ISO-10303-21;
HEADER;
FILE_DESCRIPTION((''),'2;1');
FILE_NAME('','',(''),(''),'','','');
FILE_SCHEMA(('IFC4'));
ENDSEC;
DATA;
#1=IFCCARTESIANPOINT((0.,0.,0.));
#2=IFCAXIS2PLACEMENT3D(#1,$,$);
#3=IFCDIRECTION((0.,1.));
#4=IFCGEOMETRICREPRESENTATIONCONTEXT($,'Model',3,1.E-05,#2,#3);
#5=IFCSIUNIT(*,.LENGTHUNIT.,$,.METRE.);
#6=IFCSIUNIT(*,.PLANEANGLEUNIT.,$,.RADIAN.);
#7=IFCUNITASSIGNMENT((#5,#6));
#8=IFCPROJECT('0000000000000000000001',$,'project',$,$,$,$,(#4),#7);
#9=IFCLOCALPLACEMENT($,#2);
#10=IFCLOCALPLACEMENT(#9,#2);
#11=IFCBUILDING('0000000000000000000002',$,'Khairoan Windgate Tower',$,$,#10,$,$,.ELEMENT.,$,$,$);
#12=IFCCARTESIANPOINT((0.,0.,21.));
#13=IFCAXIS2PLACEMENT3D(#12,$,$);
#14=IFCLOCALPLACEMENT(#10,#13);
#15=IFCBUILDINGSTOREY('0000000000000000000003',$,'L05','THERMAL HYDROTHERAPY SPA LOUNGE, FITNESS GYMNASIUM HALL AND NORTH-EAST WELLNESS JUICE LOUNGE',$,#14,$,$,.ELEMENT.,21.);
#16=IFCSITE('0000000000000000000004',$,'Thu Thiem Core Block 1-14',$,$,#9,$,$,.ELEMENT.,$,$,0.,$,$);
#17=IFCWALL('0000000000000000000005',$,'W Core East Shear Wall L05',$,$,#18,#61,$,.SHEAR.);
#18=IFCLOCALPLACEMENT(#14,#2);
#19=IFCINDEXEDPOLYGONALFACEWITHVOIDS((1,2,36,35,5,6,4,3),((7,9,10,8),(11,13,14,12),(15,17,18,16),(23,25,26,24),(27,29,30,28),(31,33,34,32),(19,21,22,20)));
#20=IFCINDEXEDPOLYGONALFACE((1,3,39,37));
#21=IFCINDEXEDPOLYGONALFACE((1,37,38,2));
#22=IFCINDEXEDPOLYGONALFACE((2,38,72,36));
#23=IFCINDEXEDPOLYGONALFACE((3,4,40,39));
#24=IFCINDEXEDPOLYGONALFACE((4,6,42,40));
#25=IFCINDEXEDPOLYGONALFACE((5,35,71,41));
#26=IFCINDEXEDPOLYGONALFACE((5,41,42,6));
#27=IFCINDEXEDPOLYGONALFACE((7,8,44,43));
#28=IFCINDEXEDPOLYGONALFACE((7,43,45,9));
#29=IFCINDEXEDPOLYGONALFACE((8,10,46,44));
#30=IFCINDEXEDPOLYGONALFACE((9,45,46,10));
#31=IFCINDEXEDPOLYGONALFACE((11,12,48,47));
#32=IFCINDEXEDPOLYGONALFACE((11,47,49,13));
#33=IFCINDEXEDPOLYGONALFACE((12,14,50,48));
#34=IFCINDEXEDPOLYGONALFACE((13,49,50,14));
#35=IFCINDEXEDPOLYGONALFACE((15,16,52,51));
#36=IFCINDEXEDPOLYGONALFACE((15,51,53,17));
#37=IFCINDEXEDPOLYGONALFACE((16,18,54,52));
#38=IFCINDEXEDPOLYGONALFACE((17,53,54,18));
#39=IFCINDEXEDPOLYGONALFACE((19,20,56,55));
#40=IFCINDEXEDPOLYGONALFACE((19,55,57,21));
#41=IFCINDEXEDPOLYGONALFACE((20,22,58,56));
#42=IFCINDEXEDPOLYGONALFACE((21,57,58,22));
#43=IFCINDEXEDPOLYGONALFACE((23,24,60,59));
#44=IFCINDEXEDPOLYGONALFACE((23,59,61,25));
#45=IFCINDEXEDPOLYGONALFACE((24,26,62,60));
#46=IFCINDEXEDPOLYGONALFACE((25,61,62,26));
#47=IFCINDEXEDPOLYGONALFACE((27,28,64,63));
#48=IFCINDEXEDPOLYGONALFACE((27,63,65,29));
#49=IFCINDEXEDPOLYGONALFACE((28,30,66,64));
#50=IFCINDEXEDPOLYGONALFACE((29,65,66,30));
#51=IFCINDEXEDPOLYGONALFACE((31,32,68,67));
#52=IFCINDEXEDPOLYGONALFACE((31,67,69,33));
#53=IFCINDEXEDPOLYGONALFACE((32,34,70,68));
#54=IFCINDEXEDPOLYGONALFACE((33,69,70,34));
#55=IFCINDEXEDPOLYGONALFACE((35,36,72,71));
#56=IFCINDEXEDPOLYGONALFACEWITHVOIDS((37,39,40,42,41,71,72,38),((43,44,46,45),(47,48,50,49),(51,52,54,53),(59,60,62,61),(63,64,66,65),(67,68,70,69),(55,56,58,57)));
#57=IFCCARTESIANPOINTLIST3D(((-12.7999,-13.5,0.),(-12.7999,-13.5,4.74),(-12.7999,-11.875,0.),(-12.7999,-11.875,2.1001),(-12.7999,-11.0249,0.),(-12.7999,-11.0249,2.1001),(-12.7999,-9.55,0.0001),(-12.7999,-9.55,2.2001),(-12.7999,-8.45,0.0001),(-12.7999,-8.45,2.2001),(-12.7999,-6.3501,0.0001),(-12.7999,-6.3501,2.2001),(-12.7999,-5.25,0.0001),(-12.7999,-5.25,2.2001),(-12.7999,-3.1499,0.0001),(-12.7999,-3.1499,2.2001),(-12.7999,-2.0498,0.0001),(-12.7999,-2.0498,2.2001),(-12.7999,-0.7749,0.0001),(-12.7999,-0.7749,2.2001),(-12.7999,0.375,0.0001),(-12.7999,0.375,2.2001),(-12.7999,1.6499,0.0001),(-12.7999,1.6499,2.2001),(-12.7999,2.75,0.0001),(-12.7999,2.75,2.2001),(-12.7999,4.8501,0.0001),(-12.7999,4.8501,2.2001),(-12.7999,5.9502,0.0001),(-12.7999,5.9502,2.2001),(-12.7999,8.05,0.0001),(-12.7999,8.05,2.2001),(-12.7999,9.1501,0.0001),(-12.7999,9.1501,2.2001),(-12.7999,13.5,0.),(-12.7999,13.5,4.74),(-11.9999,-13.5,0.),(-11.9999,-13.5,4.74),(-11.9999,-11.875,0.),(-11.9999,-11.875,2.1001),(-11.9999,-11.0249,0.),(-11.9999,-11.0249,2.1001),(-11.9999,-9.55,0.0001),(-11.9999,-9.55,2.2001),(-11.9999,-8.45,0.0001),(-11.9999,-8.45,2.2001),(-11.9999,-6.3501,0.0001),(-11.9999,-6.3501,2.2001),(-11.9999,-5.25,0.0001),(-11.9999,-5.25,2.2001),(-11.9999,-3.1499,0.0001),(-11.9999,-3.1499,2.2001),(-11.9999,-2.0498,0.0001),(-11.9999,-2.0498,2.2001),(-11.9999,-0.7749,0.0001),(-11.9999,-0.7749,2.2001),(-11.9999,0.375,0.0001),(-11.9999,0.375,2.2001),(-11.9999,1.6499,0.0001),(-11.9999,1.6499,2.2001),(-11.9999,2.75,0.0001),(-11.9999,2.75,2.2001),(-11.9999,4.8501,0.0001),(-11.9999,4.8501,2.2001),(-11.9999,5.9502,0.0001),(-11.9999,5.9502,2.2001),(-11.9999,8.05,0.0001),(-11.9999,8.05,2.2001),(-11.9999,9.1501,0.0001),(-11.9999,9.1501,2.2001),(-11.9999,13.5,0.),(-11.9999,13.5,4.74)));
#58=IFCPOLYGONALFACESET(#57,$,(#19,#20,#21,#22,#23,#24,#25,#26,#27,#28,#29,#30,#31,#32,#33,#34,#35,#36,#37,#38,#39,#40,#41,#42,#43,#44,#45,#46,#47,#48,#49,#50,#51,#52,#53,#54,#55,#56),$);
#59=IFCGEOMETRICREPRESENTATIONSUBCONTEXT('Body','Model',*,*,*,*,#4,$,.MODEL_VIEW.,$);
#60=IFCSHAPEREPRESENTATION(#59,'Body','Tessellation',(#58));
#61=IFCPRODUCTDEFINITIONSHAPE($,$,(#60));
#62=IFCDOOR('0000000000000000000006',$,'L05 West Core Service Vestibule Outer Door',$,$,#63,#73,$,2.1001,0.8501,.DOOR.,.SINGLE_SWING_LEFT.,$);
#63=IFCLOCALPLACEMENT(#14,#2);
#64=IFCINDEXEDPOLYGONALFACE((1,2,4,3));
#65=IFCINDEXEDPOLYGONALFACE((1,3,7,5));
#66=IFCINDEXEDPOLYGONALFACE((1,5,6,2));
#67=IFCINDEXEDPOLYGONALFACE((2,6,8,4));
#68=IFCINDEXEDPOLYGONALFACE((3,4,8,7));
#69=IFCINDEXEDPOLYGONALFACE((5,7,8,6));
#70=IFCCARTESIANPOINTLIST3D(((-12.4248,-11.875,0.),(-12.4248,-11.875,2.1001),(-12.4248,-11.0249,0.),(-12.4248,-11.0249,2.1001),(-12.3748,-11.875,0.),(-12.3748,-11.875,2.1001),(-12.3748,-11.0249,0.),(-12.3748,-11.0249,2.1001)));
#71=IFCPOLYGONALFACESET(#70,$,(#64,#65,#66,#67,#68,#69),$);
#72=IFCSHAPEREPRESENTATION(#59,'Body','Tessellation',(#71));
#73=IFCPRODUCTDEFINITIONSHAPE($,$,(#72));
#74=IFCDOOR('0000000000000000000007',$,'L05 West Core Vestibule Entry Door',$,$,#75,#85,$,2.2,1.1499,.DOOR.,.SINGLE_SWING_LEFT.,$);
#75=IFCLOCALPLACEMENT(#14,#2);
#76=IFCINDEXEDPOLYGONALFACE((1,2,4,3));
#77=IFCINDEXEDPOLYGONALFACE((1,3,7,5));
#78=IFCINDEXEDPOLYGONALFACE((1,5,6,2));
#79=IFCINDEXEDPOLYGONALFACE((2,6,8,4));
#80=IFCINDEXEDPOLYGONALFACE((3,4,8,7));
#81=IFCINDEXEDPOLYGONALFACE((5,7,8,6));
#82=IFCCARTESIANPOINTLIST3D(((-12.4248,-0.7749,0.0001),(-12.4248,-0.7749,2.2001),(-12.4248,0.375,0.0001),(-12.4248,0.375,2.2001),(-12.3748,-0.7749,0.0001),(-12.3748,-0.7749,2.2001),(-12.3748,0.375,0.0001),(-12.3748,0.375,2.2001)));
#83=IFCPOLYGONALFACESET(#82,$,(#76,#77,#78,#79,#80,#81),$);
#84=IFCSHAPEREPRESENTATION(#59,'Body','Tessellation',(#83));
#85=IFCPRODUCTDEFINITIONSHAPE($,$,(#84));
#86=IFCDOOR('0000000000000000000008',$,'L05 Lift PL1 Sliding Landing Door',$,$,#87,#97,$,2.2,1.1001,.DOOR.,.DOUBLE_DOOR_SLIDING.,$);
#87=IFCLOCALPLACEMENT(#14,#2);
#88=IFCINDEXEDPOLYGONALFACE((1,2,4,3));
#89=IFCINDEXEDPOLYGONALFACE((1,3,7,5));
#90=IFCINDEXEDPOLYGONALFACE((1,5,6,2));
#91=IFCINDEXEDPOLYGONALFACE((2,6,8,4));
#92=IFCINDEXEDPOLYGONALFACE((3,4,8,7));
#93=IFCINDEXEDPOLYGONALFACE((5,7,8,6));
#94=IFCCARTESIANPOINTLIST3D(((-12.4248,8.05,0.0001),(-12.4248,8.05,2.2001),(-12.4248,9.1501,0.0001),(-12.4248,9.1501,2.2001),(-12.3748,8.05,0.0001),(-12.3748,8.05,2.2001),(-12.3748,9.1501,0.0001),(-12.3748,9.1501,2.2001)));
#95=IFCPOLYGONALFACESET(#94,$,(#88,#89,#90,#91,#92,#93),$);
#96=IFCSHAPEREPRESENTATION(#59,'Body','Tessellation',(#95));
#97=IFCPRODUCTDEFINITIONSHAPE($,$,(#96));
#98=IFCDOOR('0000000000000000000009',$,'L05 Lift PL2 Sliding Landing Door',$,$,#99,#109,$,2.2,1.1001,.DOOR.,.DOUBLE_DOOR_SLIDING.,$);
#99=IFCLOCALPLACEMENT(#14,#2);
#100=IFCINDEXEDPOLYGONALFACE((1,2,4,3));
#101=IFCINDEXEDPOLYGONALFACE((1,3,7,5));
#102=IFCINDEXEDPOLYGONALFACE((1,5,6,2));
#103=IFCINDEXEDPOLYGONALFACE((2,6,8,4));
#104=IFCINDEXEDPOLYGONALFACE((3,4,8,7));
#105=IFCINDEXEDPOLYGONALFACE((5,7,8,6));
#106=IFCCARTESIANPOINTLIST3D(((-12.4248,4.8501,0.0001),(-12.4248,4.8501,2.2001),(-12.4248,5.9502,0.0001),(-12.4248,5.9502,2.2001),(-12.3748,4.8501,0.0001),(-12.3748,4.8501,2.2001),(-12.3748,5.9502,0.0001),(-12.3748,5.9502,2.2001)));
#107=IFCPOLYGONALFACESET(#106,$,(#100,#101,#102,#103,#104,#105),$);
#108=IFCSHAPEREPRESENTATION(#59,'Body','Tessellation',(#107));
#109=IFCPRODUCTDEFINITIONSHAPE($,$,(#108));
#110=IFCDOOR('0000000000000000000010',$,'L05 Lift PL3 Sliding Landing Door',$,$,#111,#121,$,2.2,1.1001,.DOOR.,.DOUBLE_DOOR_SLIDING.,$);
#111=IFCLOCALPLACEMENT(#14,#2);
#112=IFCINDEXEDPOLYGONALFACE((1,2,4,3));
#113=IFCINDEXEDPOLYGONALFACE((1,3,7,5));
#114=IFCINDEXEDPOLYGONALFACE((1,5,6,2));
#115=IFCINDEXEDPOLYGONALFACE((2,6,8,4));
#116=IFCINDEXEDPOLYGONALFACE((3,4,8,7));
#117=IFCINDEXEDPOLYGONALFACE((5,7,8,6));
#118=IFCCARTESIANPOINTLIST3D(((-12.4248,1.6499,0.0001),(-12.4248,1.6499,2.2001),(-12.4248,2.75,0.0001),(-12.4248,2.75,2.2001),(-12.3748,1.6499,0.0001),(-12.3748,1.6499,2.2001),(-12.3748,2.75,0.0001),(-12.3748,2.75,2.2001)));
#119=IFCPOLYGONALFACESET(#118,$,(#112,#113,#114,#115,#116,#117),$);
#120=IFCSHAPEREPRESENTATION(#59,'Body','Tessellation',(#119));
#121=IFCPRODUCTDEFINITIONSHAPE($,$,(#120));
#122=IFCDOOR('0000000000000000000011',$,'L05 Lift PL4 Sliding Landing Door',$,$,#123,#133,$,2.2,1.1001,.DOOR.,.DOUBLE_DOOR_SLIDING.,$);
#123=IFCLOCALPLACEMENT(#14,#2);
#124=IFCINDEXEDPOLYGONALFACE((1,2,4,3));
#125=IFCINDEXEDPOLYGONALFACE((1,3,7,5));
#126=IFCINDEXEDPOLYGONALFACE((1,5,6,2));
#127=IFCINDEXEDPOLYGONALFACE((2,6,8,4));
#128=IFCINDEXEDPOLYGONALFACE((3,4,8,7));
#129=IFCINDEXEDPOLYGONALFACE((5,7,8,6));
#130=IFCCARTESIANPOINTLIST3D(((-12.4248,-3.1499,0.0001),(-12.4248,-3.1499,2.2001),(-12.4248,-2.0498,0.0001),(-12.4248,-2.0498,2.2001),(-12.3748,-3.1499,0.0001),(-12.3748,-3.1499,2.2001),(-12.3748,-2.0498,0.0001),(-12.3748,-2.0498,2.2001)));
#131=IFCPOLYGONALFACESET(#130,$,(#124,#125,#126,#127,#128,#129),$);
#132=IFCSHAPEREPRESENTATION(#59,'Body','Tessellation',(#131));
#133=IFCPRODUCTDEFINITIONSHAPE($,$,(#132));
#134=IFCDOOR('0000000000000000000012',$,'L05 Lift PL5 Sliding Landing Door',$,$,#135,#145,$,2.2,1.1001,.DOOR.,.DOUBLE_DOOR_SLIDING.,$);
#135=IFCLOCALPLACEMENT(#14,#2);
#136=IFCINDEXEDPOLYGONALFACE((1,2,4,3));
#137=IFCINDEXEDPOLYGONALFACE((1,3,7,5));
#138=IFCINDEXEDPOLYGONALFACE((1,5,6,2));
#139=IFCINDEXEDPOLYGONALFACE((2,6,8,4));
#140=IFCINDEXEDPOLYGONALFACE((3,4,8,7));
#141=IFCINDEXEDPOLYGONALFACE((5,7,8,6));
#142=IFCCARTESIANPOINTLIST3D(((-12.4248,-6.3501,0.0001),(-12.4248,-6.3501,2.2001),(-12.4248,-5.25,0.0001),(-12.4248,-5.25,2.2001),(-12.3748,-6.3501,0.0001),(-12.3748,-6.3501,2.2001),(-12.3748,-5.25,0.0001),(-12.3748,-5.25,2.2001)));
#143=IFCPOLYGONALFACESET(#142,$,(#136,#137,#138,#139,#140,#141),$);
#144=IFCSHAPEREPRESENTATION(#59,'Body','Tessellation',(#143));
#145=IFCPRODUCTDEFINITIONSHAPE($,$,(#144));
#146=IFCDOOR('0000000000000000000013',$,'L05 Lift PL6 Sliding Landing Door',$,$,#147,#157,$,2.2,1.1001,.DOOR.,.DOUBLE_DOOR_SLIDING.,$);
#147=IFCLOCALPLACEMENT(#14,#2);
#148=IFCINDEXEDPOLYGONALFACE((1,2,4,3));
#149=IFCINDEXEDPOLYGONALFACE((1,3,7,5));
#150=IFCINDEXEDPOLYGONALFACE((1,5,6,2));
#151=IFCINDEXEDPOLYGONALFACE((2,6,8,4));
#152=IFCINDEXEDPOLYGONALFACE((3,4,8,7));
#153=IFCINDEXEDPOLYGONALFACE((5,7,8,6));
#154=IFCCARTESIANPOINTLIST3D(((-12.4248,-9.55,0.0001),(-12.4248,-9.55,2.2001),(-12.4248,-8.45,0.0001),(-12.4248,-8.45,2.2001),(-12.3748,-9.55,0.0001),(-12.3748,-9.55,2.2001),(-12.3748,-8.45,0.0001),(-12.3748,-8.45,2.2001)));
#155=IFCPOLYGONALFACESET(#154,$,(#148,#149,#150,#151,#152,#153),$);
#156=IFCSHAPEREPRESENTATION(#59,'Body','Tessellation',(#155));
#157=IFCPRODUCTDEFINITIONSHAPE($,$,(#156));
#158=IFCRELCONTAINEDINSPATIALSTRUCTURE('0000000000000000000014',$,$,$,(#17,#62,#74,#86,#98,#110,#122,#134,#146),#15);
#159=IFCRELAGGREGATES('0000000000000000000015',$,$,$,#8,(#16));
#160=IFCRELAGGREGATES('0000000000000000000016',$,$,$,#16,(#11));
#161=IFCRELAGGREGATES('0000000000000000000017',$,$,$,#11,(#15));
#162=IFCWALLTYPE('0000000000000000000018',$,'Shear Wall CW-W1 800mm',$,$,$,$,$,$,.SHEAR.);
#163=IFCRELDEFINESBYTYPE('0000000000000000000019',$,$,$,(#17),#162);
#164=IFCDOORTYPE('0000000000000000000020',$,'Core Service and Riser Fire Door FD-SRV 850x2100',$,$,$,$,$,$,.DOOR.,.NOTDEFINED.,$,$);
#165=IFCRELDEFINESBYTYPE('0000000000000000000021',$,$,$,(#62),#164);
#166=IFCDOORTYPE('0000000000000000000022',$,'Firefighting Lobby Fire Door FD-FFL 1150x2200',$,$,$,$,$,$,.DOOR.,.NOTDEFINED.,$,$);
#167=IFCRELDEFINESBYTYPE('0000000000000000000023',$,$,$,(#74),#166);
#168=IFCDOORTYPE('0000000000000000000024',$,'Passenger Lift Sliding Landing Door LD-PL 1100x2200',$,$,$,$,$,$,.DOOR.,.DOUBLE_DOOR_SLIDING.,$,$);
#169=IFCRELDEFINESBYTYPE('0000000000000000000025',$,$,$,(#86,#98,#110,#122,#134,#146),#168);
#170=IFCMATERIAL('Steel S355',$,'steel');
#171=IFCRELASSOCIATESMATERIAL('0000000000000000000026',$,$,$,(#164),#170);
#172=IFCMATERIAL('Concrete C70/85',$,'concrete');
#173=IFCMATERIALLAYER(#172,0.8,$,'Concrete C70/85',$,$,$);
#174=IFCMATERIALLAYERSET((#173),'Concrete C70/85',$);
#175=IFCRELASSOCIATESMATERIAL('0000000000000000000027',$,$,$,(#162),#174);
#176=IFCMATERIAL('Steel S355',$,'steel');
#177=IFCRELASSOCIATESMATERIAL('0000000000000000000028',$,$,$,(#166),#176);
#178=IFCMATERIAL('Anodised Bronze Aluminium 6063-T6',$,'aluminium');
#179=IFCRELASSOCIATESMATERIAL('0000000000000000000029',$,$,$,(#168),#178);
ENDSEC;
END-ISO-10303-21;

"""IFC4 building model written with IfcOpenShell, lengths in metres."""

from ifc_helpers import new_model, si_unit, direction, frame, frame_2d, origin, place, context, subcontext, project, spatial, rectangle, extrude, material, layer, layer_set, type_object, element, fill, save


model = new_model("IFC4")

# Units and contexts
model_context = context("Model", 3, precision=1e-05, world=origin(), true_north=direction((0.0, 1.0)))
body_context = subcontext(model_context, "Body", "Model", "MODEL_VIEW")
ifc_project = project(units=[si_unit("LENGTHUNIT", "METRE"), si_unit("PLANEANGLEUNIT", "RADIAN")], contexts=[model_context])

# Site, building, storey
site_placement = place(None, origin())
site = spatial("IfcSite", under=ifc_project, at=site_placement, Name="Thu Thiem Core Block 1-14", CompositionType="ELEMENT", RefElevation=0.0)
building_placement = place(site_placement, origin())
building = spatial("IfcBuilding", under=site, at=building_placement, Name="Khairoan Windgate Tower", CompositionType="ELEMENT")
storey_placement = place(building_placement, frame((0.0, 0.0, 21.0)))
storey = spatial("IfcBuildingStorey", under=building, at=storey_placement, Name="L05", Description="THERMAL HYDROTHERAPY SPA LOUNGE, FITNESS GYMNASIUM HALL AND NORTH-EAST WELLNESS JUICE LOUNGE", CompositionType="ELEMENT", Elevation=21.0)

# Shared definitions
ifc_material_1 = material(Name="Steel S355", Category="steel")
door_type_1 = type_object("IfcDoorType", Name="Core Service and Riser Fire Door FD-SRV 850x2100", OperationType="NOTDEFINED", PredefinedType="DOOR", material=ifc_material_1)

# Wall, openings, doors
ifc_material_2 = material(Name="Concrete C70/85", Category="concrete")
ifc_layer_1 = layer(ifc_material_2, 0.8, Name="Concrete C70/85")
ifc_layer_set_1 = layer_set([ifc_layer_1], Name="Concrete C70/85")
wall_type_1 = type_object("IfcWallType", Name="Shear Wall CW-W1 800mm", PredefinedType="SHEAR", material=ifc_layer_set_1)
wall_1_placement = place(storey_placement, frame((-12.3999, -13.5, 0.0), z_axis=(0.0, 0.0, 1.0), x_axis=(0.0, 1.0, 0.0)))
wall_1 = element("IfcWall", 1, at=wall_1_placement, inside=storey, type_object=wall_type_1, Name="W Core East Shear Wall L05", PredefinedType="SHEAR", context=body_context, shape_type="SweptSolid", body=[
    extrude(rectangle(XDim=27.0, YDim=0.8, at=frame_2d((13.5, 0.0))), origin(), (0.0, 0.0, 1.0), 4.74),
])
opening_1_placement = place(wall_1_placement, frame((21.55, 0.0, 0.0)))
opening_1 = element("IfcOpeningElement", 2, at=opening_1_placement, cuts=wall_1, PredefinedType="OPENING", context=body_context, shape_type="SweptSolid", body=[
    extrude(rectangle(XDim=1.1001, YDim=2.2, at=frame_2d((0.55, 1.1001))), frame((0.0, 0.4099, 0.0), z_axis=(0.0, -1.0, 0.0), x_axis=(1.0, 0.0, 0.0)), (0.0, 0.0, 1.0), 0.8201),
])
opening_2_placement = place(wall_1_placement, frame((18.3501, 0.0, 0.0)))
opening_2 = element("IfcOpeningElement", 3, at=opening_2_placement, cuts=wall_1, PredefinedType="OPENING", context=body_context, shape_type="SweptSolid", body=[
    extrude(rectangle(XDim=1.1001, YDim=2.2, at=frame_2d((0.55, 1.1001))), frame((0.0, 0.4099, 0.0), z_axis=(0.0, -1.0, 0.0), x_axis=(1.0, 0.0, 0.0)), (0.0, 0.0, 1.0), 0.8201),
])
opening_3_placement = place(wall_1_placement, frame((15.1499, 0.0, 0.0)))
opening_3 = element("IfcOpeningElement", 4, at=opening_3_placement, cuts=wall_1, PredefinedType="OPENING", context=body_context, shape_type="SweptSolid", body=[
    extrude(rectangle(XDim=1.1001, YDim=2.2, at=frame_2d((0.55, 1.1001))), frame((0.0, 0.4099, 0.0), z_axis=(0.0, -1.0, 0.0), x_axis=(1.0, 0.0, 0.0)), (0.0, 0.0, 1.0), 0.8201),
])
opening_4_placement = place(wall_1_placement, frame((10.3501, 0.0, 0.0)))
opening_4 = element("IfcOpeningElement", 5, at=opening_4_placement, cuts=wall_1, PredefinedType="OPENING", context=body_context, shape_type="SweptSolid", body=[
    extrude(rectangle(XDim=1.1001, YDim=2.2, at=frame_2d((0.55, 1.1001))), frame((0.0, 0.4099, 0.0), z_axis=(0.0, -1.0, 0.0), x_axis=(1.0, 0.0, 0.0)), (0.0, 0.0, 1.0), 0.8201),
])
opening_5_placement = place(wall_1_placement, frame((7.1499, 0.0, 0.0)))
opening_5 = element("IfcOpeningElement", 6, at=opening_5_placement, cuts=wall_1, PredefinedType="OPENING", context=body_context, shape_type="SweptSolid", body=[
    extrude(rectangle(XDim=1.1001, YDim=2.2, at=frame_2d((0.55, 1.1001))), frame((0.0, 0.4099, 0.0), z_axis=(0.0, -1.0, 0.0), x_axis=(1.0, 0.0, 0.0)), (0.0, 0.0, 1.0), 0.8201),
])
opening_6_placement = place(wall_1_placement, frame((3.95, 0.0, 0.0)))
opening_6 = element("IfcOpeningElement", 7, at=opening_6_placement, cuts=wall_1, PredefinedType="OPENING", context=body_context, shape_type="SweptSolid", body=[
    extrude(rectangle(XDim=1.1001, YDim=2.2, at=frame_2d((0.55, 1.1001))), frame((0.0, 0.4099, 0.0), z_axis=(0.0, -1.0, 0.0), x_axis=(1.0, 0.0, 0.0)), (0.0, 0.0, 1.0), 0.8201),
])
opening_7_placement = place(wall_1_placement, frame((12.7251, 0.0, 0.0)))
opening_7 = element("IfcOpeningElement", 8, at=opening_7_placement, cuts=wall_1, PredefinedType="OPENING", context=body_context, shape_type="SweptSolid", body=[
    extrude(rectangle(XDim=1.1499, YDim=2.2, at=frame_2d((0.575, 1.1001))), frame((0.0, 0.4099, 0.0), z_axis=(0.0, -1.0, 0.0), x_axis=(1.0, 0.0, 0.0)), (0.0, 0.0, 1.0), 0.8201),
])
opening_8_placement = place(wall_1_placement, frame((1.625, 0.0, 0.0)))
opening_8 = element("IfcOpeningElement", 9, at=opening_8_placement, cuts=wall_1, PredefinedType="OPENING", context=body_context, shape_type="SweptSolid", body=[
    extrude(rectangle(XDim=0.8501, YDim=2.1001, at=frame_2d((0.425, 1.05))), frame((0.0, 0.4099, 0.0), z_axis=(0.0, -1.0, 0.0), x_axis=(1.0, 0.0, 0.0)), (0.0, 0.0, 1.0), 0.8201),
])
door_1_placement = place(opening_8_placement, origin())
door_1 = element("IfcDoor", 10, at=door_1_placement, inside=storey, type_object=door_type_1, Name="L05 West Core Service Vestibule Outer Door", OperationType="SINGLE_SWING_LEFT", OverallHeight=2.1001, OverallWidth=0.8501, PredefinedType="DOOR", context=body_context, shape_type="SweptSolid", body=[
    extrude(rectangle(XDim=0.8501, YDim=2.1001, at=frame_2d((0.425, 1.05))), frame((0.0, 0.0249, 0.0), z_axis=(0.0, -1.0, 0.0), x_axis=(1.0, 0.0, 0.0)), (0.0, 0.0, 1.0), 0.05),
])
fill(opening_8, door_1)
ifc_material_3 = material(Name="Steel S355", Category="steel")
door_type_2 = type_object("IfcDoorType", Name="Firefighting Lobby Fire Door FD-FFL 1150x2200", OperationType="NOTDEFINED", PredefinedType="DOOR", material=ifc_material_3)
door_2_placement = place(opening_7_placement, origin())
door_2 = element("IfcDoor", 11, at=door_2_placement, inside=storey, type_object=door_type_2, Name="L05 West Core Vestibule Entry Door", OperationType="SINGLE_SWING_LEFT", OverallHeight=2.2, OverallWidth=1.1499, PredefinedType="DOOR", context=body_context, shape_type="SweptSolid", body=[
    extrude(rectangle(XDim=1.1499, YDim=2.2, at=frame_2d((0.575, 1.1001))), frame((0.0, 0.0249, 0.0), z_axis=(0.0, -1.0, 0.0), x_axis=(1.0, 0.0, 0.0)), (0.0, 0.0, 1.0), 0.05),
])
fill(opening_7, door_2)
ifc_material_4 = material(Name="Anodised Bronze Aluminium 6063-T6", Category="aluminium")
door_type_3 = type_object("IfcDoorType", Name="Passenger Lift Sliding Landing Door LD-PL 1100x2200", OperationType="DOUBLE_DOOR_SLIDING", PredefinedType="DOOR", material=ifc_material_4)
door_3_placement = place(opening_1_placement, origin())
door_3 = element("IfcDoor", 12, at=door_3_placement, inside=storey, type_object=door_type_3, Name="L05 Lift PL1 Sliding Landing Door", OperationType="DOUBLE_DOOR_SLIDING", OverallHeight=2.2, OverallWidth=1.1001, PredefinedType="DOOR", context=body_context, shape_type="SweptSolid", body=[
    extrude(rectangle(XDim=1.1001, YDim=2.2, at=frame_2d((0.55, 1.1001))), frame((0.0, 0.0249, 0.0), z_axis=(0.0, -1.0, 0.0), x_axis=(1.0, 0.0, 0.0)), (0.0, 0.0, 1.0), 0.05),
])
fill(opening_1, door_3)
door_4_placement = place(opening_2_placement, origin())
door_4 = element("IfcDoor", 13, at=door_4_placement, inside=storey, type_object=door_type_3, Name="L05 Lift PL2 Sliding Landing Door", OperationType="DOUBLE_DOOR_SLIDING", OverallHeight=2.2, OverallWidth=1.1001, PredefinedType="DOOR", context=body_context, shape_type="SweptSolid", body=[
    extrude(rectangle(XDim=1.1001, YDim=2.2, at=frame_2d((0.55, 1.1001))), frame((0.0, 0.0249, 0.0), z_axis=(0.0, -1.0, 0.0), x_axis=(1.0, 0.0, 0.0)), (0.0, 0.0, 1.0), 0.05),
])
fill(opening_2, door_4)
door_5_placement = place(opening_3_placement, origin())
door_5 = element("IfcDoor", 14, at=door_5_placement, inside=storey, type_object=door_type_3, Name="L05 Lift PL3 Sliding Landing Door", OperationType="DOUBLE_DOOR_SLIDING", OverallHeight=2.2, OverallWidth=1.1001, PredefinedType="DOOR", context=body_context, shape_type="SweptSolid", body=[
    extrude(rectangle(XDim=1.1001, YDim=2.2, at=frame_2d((0.55, 1.1001))), frame((0.0, 0.0249, 0.0), z_axis=(0.0, -1.0, 0.0), x_axis=(1.0, 0.0, 0.0)), (0.0, 0.0, 1.0), 0.05),
])
fill(opening_3, door_5)
door_6_placement = place(opening_4_placement, origin())
door_6 = element("IfcDoor", 15, at=door_6_placement, inside=storey, type_object=door_type_3, Name="L05 Lift PL4 Sliding Landing Door", OperationType="DOUBLE_DOOR_SLIDING", OverallHeight=2.2, OverallWidth=1.1001, PredefinedType="DOOR", context=body_context, shape_type="SweptSolid", body=[
    extrude(rectangle(XDim=1.1001, YDim=2.2, at=frame_2d((0.55, 1.1001))), frame((0.0, 0.0249, 0.0), z_axis=(0.0, -1.0, 0.0), x_axis=(1.0, 0.0, 0.0)), (0.0, 0.0, 1.0), 0.05),
])
fill(opening_4, door_6)
door_7_placement = place(opening_5_placement, origin())
door_7 = element("IfcDoor", 16, at=door_7_placement, inside=storey, type_object=door_type_3, Name="L05 Lift PL5 Sliding Landing Door", OperationType="DOUBLE_DOOR_SLIDING", OverallHeight=2.2, OverallWidth=1.1001, PredefinedType="DOOR", context=body_context, shape_type="SweptSolid", body=[
    extrude(rectangle(XDim=1.1001, YDim=2.2, at=frame_2d((0.55, 1.1001))), frame((0.0, 0.0249, 0.0), z_axis=(0.0, -1.0, 0.0), x_axis=(1.0, 0.0, 0.0)), (0.0, 0.0, 1.0), 0.05),
])
fill(opening_5, door_7)
door_8_placement = place(opening_6_placement, origin())
door_8 = element("IfcDoor", 17, at=door_8_placement, inside=storey, type_object=door_type_3, Name="L05 Lift PL6 Sliding Landing Door", OperationType="DOUBLE_DOOR_SLIDING", OverallHeight=2.2, OverallWidth=1.1001, PredefinedType="DOOR", context=body_context, shape_type="SweptSolid", body=[
    extrude(rectangle(XDim=1.1001, YDim=2.2, at=frame_2d((0.55, 1.1001))), frame((0.0, 0.0249, 0.0), z_axis=(0.0, -1.0, 0.0), x_axis=(1.0, 0.0, 0.0)), (0.0, 0.0, 1.0), 0.05),
])
fill(opening_6, door_8)

save(model, "model.ifc")
